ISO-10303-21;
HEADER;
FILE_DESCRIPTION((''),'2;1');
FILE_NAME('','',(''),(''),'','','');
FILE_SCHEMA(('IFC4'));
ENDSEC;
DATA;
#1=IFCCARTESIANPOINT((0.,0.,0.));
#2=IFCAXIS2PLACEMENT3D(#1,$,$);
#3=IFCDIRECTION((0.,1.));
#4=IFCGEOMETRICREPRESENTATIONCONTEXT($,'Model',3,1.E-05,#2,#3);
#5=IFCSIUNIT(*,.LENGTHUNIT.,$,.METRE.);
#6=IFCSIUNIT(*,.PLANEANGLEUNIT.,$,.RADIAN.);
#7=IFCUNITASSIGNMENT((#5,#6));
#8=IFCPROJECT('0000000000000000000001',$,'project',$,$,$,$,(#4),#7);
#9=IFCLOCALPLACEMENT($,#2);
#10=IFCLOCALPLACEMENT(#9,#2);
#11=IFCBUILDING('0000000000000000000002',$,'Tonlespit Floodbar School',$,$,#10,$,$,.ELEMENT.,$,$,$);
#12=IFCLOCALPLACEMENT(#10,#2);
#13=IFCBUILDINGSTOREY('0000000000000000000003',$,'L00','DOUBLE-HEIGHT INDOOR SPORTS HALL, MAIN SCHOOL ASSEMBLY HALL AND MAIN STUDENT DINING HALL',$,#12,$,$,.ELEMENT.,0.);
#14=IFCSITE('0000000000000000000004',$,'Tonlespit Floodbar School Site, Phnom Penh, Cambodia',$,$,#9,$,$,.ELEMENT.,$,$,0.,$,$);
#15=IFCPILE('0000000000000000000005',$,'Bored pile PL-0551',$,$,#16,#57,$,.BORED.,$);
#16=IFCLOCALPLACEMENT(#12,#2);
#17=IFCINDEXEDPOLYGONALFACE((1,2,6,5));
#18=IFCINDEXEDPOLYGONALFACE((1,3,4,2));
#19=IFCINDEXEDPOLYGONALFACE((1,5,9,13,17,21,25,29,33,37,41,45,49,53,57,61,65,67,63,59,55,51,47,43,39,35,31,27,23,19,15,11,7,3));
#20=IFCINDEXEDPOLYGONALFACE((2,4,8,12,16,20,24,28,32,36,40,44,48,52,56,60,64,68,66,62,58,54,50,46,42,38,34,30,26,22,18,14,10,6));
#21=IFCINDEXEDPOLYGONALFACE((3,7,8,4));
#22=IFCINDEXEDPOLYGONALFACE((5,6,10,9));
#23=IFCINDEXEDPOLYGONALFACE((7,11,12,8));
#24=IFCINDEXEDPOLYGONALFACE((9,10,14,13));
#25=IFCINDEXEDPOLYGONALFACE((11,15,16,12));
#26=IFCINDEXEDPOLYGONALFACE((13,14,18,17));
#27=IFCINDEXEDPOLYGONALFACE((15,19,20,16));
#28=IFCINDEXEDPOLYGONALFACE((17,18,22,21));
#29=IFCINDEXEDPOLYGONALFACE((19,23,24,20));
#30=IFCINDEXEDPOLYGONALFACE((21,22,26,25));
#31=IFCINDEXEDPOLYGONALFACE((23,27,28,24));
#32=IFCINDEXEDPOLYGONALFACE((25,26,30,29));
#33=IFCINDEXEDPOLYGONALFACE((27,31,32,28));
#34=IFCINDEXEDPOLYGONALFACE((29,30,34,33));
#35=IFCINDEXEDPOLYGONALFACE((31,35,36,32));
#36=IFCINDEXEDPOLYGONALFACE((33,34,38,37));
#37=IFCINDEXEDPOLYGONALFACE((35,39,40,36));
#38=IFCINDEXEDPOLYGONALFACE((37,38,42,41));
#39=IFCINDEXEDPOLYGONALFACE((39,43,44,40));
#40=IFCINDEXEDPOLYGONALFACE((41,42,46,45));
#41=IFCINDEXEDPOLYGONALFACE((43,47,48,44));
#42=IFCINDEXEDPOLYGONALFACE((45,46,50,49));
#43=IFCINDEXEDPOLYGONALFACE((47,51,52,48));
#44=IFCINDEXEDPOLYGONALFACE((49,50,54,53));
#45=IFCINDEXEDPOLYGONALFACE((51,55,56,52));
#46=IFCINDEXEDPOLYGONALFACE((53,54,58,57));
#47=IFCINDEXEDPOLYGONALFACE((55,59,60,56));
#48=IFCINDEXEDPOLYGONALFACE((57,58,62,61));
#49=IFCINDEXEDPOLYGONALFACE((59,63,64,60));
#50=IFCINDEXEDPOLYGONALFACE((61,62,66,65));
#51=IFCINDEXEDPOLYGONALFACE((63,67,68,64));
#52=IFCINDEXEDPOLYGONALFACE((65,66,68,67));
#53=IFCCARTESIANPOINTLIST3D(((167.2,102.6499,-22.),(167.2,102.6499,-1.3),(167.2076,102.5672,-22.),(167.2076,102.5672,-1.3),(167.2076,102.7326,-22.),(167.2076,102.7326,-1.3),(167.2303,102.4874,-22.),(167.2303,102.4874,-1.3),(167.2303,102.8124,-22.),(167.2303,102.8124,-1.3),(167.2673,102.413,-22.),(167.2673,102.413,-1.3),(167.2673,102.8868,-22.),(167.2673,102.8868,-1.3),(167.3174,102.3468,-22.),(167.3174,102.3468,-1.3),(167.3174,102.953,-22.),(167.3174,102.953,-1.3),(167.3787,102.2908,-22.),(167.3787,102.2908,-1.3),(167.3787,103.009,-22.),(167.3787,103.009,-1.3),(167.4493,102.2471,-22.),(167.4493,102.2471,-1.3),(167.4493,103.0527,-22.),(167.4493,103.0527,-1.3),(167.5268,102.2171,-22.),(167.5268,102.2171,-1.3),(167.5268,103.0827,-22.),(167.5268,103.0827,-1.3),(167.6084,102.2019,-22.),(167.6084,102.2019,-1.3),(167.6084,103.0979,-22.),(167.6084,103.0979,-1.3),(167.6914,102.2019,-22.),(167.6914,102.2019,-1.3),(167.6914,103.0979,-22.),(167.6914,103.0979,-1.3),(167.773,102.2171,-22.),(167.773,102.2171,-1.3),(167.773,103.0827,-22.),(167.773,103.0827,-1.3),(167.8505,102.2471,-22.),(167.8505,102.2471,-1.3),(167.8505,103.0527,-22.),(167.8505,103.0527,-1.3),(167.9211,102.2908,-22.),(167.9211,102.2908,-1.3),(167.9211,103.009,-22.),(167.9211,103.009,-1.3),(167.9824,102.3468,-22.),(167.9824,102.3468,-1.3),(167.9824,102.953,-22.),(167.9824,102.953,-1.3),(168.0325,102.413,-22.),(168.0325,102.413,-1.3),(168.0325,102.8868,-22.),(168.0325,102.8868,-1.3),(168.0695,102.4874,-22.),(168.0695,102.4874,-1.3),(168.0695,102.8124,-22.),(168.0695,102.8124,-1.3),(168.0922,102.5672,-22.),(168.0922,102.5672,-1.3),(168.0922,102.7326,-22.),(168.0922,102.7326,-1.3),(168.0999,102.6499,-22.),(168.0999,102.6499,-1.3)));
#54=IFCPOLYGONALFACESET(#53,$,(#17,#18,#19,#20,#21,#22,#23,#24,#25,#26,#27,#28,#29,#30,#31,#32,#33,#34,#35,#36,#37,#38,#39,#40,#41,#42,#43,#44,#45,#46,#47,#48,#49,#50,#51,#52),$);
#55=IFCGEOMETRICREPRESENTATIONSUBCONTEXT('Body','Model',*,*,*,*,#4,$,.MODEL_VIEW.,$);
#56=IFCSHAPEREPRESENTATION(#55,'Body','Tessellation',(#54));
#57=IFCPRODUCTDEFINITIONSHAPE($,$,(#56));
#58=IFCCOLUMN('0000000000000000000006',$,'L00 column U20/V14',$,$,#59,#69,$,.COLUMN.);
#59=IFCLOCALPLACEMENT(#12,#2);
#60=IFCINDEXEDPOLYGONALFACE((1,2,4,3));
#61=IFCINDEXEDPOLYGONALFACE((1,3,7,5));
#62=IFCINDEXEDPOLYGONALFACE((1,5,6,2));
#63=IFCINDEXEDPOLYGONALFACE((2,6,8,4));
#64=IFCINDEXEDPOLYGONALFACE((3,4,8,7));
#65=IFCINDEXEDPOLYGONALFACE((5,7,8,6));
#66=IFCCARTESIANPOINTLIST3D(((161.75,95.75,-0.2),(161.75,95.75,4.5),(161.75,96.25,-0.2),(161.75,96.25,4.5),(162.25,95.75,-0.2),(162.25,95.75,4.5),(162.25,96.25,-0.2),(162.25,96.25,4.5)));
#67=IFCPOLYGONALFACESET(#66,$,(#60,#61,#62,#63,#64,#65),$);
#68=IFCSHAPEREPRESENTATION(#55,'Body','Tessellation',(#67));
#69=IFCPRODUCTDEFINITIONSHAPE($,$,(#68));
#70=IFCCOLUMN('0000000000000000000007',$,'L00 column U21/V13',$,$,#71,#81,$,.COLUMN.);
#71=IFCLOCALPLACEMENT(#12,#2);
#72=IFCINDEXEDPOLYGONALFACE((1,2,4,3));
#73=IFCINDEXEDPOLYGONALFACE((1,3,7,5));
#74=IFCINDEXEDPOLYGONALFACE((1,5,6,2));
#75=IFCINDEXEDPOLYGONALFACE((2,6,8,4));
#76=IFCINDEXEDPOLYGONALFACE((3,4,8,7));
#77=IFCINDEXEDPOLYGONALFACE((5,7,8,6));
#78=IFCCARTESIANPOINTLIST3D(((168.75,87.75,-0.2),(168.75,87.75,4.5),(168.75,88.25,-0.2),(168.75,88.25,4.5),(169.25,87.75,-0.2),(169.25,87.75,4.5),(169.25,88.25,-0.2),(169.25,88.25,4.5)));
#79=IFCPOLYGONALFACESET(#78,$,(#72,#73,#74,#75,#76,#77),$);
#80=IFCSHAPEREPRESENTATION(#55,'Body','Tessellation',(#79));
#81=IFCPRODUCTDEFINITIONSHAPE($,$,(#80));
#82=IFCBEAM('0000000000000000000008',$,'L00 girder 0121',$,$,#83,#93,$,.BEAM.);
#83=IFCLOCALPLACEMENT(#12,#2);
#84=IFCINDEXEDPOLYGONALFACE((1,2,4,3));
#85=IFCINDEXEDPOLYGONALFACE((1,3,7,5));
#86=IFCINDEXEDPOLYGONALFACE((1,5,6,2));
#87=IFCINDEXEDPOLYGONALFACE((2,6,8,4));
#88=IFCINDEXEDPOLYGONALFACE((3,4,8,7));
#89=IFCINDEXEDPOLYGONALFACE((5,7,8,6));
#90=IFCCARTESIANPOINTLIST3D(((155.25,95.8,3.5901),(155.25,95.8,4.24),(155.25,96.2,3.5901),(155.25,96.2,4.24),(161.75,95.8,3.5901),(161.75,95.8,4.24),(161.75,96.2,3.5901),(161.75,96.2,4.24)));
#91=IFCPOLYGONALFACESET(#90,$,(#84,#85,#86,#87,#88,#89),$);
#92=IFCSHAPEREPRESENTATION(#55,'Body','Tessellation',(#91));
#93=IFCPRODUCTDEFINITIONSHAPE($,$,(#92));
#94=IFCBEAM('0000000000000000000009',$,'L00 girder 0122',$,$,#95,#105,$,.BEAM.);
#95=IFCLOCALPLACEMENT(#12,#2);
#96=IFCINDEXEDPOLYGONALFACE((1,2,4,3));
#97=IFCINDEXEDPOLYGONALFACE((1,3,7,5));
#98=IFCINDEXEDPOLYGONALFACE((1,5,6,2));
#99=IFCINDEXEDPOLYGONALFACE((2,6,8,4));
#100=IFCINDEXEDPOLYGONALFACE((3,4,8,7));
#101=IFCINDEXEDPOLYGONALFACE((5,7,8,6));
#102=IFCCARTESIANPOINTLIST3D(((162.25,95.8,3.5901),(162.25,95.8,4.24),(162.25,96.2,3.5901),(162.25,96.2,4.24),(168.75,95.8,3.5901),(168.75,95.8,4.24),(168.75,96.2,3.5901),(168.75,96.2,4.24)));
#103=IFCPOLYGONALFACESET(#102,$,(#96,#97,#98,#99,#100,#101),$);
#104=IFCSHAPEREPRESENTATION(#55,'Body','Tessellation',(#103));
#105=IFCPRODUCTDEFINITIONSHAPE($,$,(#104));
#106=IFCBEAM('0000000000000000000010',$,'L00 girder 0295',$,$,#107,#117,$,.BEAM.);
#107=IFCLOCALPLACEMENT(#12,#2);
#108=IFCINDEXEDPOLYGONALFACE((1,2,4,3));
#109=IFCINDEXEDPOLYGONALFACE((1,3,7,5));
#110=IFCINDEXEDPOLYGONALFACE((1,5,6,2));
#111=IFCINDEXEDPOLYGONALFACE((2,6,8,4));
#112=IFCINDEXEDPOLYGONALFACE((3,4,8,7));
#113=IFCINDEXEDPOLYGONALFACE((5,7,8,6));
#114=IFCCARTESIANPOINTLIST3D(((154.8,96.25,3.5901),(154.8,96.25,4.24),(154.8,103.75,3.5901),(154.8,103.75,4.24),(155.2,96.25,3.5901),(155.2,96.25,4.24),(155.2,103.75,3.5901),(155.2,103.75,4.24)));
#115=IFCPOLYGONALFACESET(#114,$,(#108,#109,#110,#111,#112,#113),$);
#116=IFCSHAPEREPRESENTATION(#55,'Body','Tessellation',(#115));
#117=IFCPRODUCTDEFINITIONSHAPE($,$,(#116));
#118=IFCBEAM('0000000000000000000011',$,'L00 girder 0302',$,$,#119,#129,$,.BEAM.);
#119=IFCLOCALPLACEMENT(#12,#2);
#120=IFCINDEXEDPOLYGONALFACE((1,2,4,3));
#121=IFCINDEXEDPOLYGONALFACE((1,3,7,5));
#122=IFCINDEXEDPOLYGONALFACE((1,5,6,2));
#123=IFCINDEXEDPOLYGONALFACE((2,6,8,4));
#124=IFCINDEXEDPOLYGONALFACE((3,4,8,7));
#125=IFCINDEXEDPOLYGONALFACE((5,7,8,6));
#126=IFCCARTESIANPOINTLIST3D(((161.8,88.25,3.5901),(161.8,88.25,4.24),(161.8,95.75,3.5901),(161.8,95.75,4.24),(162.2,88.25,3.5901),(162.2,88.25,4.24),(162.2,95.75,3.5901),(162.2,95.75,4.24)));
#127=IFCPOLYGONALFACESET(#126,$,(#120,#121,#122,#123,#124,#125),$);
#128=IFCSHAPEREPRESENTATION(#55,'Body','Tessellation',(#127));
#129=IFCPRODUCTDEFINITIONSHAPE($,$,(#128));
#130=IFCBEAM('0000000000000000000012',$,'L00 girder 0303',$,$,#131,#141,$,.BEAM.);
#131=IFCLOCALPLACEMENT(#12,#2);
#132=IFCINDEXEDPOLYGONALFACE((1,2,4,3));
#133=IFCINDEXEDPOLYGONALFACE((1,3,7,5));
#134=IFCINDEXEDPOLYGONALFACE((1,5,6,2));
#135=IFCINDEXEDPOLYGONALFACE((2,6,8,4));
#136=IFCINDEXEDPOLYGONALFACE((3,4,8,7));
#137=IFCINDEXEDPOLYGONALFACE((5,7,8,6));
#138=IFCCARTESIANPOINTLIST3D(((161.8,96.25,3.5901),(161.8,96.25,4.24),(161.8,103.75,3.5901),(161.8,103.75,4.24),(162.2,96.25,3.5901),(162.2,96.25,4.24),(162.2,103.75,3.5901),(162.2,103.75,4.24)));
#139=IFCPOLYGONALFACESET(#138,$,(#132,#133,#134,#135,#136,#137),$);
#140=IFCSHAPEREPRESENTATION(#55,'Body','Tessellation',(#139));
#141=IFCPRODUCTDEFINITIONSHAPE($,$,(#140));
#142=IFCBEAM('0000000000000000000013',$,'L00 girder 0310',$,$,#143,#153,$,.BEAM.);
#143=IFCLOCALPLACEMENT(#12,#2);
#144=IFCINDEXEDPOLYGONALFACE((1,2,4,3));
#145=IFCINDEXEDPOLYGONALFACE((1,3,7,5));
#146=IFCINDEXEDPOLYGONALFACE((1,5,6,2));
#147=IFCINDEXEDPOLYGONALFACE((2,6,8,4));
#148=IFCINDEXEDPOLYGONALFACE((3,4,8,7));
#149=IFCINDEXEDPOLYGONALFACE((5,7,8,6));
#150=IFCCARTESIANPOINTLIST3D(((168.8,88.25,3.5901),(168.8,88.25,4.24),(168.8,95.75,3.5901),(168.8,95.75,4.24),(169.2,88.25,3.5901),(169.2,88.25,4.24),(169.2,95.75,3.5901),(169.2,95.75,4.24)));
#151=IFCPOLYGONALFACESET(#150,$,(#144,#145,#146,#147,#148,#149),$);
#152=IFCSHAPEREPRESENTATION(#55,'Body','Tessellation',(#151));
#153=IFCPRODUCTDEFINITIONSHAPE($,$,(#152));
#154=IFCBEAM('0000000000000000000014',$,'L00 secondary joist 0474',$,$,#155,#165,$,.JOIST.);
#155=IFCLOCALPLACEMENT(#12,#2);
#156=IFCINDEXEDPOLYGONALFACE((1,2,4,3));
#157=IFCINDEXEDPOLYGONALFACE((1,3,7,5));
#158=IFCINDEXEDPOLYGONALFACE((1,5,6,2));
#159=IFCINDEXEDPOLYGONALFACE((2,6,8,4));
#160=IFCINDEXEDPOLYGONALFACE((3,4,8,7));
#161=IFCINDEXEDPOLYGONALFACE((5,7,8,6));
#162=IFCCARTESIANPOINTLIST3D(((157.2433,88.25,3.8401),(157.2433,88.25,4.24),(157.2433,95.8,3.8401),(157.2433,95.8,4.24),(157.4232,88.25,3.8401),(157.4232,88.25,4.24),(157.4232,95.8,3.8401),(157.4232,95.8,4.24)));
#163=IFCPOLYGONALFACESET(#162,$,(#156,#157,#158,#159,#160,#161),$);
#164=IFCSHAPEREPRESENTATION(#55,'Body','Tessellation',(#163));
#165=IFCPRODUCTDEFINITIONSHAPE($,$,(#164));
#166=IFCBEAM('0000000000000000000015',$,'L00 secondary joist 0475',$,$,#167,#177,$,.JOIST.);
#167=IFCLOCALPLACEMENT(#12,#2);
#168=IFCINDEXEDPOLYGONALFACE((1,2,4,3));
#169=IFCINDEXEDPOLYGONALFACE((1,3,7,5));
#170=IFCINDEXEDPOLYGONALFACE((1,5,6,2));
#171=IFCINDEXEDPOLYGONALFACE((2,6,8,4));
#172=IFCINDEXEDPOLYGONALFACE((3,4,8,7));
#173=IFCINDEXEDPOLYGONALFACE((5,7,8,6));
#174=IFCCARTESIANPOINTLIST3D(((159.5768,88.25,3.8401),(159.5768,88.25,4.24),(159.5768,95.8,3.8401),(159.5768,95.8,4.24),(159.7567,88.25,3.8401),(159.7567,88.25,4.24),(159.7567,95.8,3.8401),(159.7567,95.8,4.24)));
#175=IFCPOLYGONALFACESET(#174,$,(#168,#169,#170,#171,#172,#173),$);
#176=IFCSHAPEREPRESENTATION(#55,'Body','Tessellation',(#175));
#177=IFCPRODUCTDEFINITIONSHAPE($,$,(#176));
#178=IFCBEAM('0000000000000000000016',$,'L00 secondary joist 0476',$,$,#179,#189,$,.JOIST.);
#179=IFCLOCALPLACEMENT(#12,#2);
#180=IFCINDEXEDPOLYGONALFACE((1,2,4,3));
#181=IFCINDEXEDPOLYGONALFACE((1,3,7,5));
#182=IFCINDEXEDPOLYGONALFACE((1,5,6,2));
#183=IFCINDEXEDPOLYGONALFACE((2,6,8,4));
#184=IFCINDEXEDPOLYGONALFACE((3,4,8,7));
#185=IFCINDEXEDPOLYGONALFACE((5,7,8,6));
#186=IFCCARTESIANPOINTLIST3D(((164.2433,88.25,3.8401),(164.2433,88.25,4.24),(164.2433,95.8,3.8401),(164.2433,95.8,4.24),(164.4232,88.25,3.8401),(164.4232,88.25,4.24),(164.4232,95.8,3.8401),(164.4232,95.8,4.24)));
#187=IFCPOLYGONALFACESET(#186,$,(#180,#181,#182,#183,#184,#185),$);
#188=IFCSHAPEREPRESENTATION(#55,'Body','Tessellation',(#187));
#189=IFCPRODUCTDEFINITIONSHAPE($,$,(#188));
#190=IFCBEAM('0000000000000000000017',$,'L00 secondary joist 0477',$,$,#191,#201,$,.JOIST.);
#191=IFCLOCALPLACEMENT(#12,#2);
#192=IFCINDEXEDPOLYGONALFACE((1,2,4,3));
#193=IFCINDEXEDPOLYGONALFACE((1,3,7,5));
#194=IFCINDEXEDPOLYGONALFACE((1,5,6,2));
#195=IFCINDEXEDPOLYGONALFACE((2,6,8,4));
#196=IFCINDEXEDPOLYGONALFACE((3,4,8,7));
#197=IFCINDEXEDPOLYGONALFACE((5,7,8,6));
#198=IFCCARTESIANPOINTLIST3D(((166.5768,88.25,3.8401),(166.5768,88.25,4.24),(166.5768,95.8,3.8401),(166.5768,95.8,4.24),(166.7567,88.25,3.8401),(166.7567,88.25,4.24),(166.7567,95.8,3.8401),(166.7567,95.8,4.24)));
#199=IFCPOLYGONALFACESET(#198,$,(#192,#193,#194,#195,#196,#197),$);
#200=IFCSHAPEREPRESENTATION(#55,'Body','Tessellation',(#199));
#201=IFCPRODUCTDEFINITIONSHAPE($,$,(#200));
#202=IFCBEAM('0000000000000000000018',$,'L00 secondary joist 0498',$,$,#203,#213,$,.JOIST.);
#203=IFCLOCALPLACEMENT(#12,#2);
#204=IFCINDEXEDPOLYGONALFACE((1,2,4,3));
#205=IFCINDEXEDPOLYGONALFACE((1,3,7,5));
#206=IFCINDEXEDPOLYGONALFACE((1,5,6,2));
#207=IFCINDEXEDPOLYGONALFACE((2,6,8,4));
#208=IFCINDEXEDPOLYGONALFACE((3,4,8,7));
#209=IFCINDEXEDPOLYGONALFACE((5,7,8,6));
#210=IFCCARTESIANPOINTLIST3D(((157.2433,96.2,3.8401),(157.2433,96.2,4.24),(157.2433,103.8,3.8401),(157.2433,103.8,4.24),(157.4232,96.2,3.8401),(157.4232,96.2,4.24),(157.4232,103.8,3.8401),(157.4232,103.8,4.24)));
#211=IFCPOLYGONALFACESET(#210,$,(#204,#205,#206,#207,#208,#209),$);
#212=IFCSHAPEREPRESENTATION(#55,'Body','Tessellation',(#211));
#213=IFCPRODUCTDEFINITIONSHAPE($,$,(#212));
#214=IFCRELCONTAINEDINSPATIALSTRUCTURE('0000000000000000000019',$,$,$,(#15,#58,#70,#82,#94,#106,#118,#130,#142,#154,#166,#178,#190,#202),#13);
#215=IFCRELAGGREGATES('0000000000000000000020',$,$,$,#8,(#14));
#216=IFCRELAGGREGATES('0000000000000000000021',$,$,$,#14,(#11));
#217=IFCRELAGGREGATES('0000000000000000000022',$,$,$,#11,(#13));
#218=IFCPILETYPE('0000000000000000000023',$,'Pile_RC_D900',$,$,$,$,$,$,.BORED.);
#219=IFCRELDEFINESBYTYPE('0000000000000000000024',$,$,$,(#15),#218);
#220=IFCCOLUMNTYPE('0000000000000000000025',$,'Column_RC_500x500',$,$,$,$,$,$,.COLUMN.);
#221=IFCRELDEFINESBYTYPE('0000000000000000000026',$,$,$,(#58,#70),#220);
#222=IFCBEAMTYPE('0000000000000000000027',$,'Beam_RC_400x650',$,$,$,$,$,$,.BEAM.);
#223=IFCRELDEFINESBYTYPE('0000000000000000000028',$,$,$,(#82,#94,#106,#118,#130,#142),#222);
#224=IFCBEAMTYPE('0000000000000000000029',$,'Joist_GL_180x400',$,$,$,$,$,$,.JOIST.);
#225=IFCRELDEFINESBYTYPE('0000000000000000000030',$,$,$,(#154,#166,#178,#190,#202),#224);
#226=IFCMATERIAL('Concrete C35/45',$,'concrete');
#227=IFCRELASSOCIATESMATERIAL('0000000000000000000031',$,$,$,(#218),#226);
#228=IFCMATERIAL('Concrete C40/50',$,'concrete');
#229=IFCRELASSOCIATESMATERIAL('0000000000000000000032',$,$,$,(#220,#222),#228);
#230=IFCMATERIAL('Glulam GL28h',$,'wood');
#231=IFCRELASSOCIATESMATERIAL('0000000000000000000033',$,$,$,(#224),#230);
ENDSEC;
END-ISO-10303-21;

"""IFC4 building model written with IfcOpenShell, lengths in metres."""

from ifc_helpers import new_model, si_unit, direction, frame, origin, origin_2d, place, context, subcontext, project, spatial, rectangle, circle, extrude, material, material_profile, profile_set, type_object, element, save


model = new_model("IFC4")

# Units and contexts
model_context = context("Model", 3, precision=1e-05, world=origin(), true_north=direction((0.0, 1.0)))
body_context = subcontext(model_context, "Body", "Model", "MODEL_VIEW")
ifc_project = project(units=[si_unit("LENGTHUNIT", "METRE"), si_unit("PLANEANGLEUNIT", "RADIAN")], contexts=[model_context])

# Site, building, storey
site_placement = place(None, origin())
site = spatial("IfcSite", under=ifc_project, at=site_placement, Name="Tonlespit Floodbar School Site, Phnom Penh, Cambodia", CompositionType="ELEMENT", RefElevation=0.0)
building_placement = place(site_placement, origin())
building = spatial("IfcBuilding", under=site, at=building_placement, Name="Tonlespit Floodbar School", CompositionType="ELEMENT")
storey_placement = place(building_placement, origin())
storey = spatial("IfcBuildingStorey", under=building, at=storey_placement, Name="L00", Description="DOUBLE-HEIGHT INDOOR SPORTS HALL, MAIN SCHOOL ASSEMBLY HALL AND MAIN STUDENT DINING HALL", CompositionType="ELEMENT", Elevation=0.0)

# Shared definitions
ifc_material_1 = material(Name="Concrete C40/50", Category="concrete")

# Pile
ifc_material_2 = material(Name="Concrete C35/45", Category="concrete")
ifc_material_profile_1 = material_profile(ifc_material_2, circle(Radius=0.45, at=origin_2d()), Name="BP D900")
ifc_profile_set_1 = profile_set([ifc_material_profile_1], Name="Concrete C35/45")
pile_type = type_object("IfcPileType", Name="Pile_RC_D900", PredefinedType="BORED", material=ifc_profile_set_1)
for number, where, z_axis, x_axis, name in (
    (1, (167.6499, 102.6499, -1.3), (0.0, 0.0, -1.0), (1.0, 0.0, 0.0), "Bored pile PL-0551"),
):
    element("IfcPile", number, at=place(storey_placement, frame(where, z_axis=z_axis, x_axis=x_axis)), inside=storey, type_object=pile_type, Name=name, PredefinedType="BORED", context=body_context, shape_type="SweptSolid", body=[
        extrude(circle(Radius=0.45, at=origin_2d()), origin(), (0.0, 0.0, 1.0), 20.7),
    ])

# Columns
ifc_material_profile_2 = material_profile(ifc_material_1, rectangle(XDim=0.5, YDim=0.5, at=origin_2d()), Name="RC 500x500")
ifc_profile_set_2 = profile_set([ifc_material_profile_2], Name="Concrete C40/50")
column_type = type_object("IfcColumnType", Name="Column_RC_500x500", PredefinedType="COLUMN", material=ifc_profile_set_2)
for number, where, z_axis, x_axis, name in (
    (2, (162.0, 96.0, -0.2), (0.0, 0.0, 1.0), (1.0, 0.0, 0.0), "L00 column U20/V14"),
    (3, (169.0, 88.0, -0.2), (0.0, 0.0, 1.0), (1.0, 0.0, 0.0), "L00 column U21/V13"),
):
    element("IfcColumn", number, at=place(storey_placement, frame(where, z_axis=z_axis, x_axis=x_axis)), inside=storey, type_object=column_type, Name=name, PredefinedType="COLUMN", context=body_context, shape_type="SweptSolid", body=[
        extrude(rectangle(XDim=0.5, YDim=0.5, at=origin_2d()), origin(), (0.0, 0.0, 1.0), 4.7),
    ])

# Beams
ifc_material_profile_3 = material_profile(ifc_material_1, rectangle(XDim=0.3999, YDim=0.6499, at=origin_2d()), Name="RC 400x650")
ifc_profile_set_3 = profile_set([ifc_material_profile_3], Name="Concrete C40/50")
beam_type_1 = type_object("IfcBeamType", Name="Beam_RC_400x650", PredefinedType="BEAM", material=ifc_profile_set_3)
for number, where, z_axis, x_axis, name in (
    (4, (155.25, 96.0, 3.915), (1.0, 0.0, 0.0), (0.0, 1.0, 0.0), "L00 girder 0121"),
    (5, (162.25, 96.0, 3.915), (1.0, 0.0, 0.0), (0.0, 1.0, 0.0), "L00 girder 0122"),
):
    element("IfcBeam", number, at=place(storey_placement, frame(where, z_axis=z_axis, x_axis=x_axis)), inside=storey, type_object=beam_type_1, Name=name, PredefinedType="BEAM", context=body_context, shape_type="SweptSolid", body=[
        extrude(rectangle(XDim=0.3999, YDim=0.6499, at=origin_2d()), origin(), (0.0, 0.0, 1.0), 6.5),
    ])
for number, where, z_axis, x_axis, name in (
    (6, (155.0, 96.25, 3.915), (0.0, 1.0, 0.0), (-1.0, 0.0, 0.0), "L00 girder 0295"),
    (7, (162.0, 88.25, 3.915), (0.0, 1.0, 0.0), (-1.0, 0.0, 0.0), "L00 girder 0302"),
    (8, (162.0, 96.25, 3.915), (0.0, 1.0, 0.0), (-1.0, 0.0, 0.0), "L00 girder 0303"),
    (9, (169.0, 88.25, 3.915), (0.0, 1.0, 0.0), (-1.0, 0.0, 0.0), "L00 girder 0310"),
):
    element("IfcBeam", number, at=place(storey_placement, frame(where, z_axis=z_axis, x_axis=x_axis)), inside=storey, type_object=beam_type_1, Name=name, PredefinedType="BEAM", context=body_context, shape_type="SweptSolid", body=[
        extrude(rectangle(XDim=0.3999, YDim=0.6499, at=origin_2d()), origin(), (0.0, 0.0, 1.0), 7.5),
    ])
ifc_material_3 = material(Name="Glulam GL28h", Category="wood")
ifc_material_profile_4 = material_profile(ifc_material_3, rectangle(XDim=0.1799, YDim=0.3999, at=origin_2d()), Name="GL 180x400")
ifc_profile_set_4 = profile_set([ifc_material_profile_4], Name="Glulam GL28h")
beam_type_2 = type_object("IfcBeamType", Name="Joist_GL_180x400", PredefinedType="JOIST", material=ifc_profile_set_4)
for number, where, z_axis, x_axis, name in (
    (10, (157.3333, 88.25, 4.04), (0.0, 1.0, 0.0), (-1.0, 0.0, 0.0), "L00 secondary joist 0474"),
    (11, (159.6667, 88.25, 4.04), (0.0, 1.0, 0.0), (-1.0, 0.0, 0.0), "L00 secondary joist 0475"),
    (12, (164.3333, 88.25, 4.04), (0.0, 1.0, 0.0), (-1.0, 0.0, 0.0), "L00 secondary joist 0476"),
    (13, (166.6667, 88.25, 4.04), (0.0, 1.0, 0.0), (-1.0, 0.0, 0.0), "L00 secondary joist 0477"),
):
    element("IfcBeam", number, at=place(storey_placement, frame(where, z_axis=z_axis, x_axis=x_axis)), inside=storey, type_object=beam_type_2, Name=name, PredefinedType="JOIST", context=body_context, shape_type="SweptSolid", body=[
        extrude(rectangle(XDim=0.1799, YDim=0.3999, at=origin_2d()), origin(), (0.0, 0.0, 1.0), 7.55),
    ])
for number, where, z_axis, x_axis, name in (
    (14, (157.3333, 96.2, 4.04), (0.0, 1.0, 0.0), (-1.0, 0.0, 0.0), "L00 secondary joist 0498"),
):
    element("IfcBeam", number, at=place(storey_placement, frame(where, z_axis=z_axis, x_axis=x_axis)), inside=storey, type_object=beam_type_2, Name=name, PredefinedType="JOIST", context=body_context, shape_type="SweptSolid", body=[
        extrude(rectangle(XDim=0.1799, YDim=0.3999, at=origin_2d()), origin(), (0.0, 0.0, 1.0), 7.6001),
    ])

save(model, "model.ifc")
